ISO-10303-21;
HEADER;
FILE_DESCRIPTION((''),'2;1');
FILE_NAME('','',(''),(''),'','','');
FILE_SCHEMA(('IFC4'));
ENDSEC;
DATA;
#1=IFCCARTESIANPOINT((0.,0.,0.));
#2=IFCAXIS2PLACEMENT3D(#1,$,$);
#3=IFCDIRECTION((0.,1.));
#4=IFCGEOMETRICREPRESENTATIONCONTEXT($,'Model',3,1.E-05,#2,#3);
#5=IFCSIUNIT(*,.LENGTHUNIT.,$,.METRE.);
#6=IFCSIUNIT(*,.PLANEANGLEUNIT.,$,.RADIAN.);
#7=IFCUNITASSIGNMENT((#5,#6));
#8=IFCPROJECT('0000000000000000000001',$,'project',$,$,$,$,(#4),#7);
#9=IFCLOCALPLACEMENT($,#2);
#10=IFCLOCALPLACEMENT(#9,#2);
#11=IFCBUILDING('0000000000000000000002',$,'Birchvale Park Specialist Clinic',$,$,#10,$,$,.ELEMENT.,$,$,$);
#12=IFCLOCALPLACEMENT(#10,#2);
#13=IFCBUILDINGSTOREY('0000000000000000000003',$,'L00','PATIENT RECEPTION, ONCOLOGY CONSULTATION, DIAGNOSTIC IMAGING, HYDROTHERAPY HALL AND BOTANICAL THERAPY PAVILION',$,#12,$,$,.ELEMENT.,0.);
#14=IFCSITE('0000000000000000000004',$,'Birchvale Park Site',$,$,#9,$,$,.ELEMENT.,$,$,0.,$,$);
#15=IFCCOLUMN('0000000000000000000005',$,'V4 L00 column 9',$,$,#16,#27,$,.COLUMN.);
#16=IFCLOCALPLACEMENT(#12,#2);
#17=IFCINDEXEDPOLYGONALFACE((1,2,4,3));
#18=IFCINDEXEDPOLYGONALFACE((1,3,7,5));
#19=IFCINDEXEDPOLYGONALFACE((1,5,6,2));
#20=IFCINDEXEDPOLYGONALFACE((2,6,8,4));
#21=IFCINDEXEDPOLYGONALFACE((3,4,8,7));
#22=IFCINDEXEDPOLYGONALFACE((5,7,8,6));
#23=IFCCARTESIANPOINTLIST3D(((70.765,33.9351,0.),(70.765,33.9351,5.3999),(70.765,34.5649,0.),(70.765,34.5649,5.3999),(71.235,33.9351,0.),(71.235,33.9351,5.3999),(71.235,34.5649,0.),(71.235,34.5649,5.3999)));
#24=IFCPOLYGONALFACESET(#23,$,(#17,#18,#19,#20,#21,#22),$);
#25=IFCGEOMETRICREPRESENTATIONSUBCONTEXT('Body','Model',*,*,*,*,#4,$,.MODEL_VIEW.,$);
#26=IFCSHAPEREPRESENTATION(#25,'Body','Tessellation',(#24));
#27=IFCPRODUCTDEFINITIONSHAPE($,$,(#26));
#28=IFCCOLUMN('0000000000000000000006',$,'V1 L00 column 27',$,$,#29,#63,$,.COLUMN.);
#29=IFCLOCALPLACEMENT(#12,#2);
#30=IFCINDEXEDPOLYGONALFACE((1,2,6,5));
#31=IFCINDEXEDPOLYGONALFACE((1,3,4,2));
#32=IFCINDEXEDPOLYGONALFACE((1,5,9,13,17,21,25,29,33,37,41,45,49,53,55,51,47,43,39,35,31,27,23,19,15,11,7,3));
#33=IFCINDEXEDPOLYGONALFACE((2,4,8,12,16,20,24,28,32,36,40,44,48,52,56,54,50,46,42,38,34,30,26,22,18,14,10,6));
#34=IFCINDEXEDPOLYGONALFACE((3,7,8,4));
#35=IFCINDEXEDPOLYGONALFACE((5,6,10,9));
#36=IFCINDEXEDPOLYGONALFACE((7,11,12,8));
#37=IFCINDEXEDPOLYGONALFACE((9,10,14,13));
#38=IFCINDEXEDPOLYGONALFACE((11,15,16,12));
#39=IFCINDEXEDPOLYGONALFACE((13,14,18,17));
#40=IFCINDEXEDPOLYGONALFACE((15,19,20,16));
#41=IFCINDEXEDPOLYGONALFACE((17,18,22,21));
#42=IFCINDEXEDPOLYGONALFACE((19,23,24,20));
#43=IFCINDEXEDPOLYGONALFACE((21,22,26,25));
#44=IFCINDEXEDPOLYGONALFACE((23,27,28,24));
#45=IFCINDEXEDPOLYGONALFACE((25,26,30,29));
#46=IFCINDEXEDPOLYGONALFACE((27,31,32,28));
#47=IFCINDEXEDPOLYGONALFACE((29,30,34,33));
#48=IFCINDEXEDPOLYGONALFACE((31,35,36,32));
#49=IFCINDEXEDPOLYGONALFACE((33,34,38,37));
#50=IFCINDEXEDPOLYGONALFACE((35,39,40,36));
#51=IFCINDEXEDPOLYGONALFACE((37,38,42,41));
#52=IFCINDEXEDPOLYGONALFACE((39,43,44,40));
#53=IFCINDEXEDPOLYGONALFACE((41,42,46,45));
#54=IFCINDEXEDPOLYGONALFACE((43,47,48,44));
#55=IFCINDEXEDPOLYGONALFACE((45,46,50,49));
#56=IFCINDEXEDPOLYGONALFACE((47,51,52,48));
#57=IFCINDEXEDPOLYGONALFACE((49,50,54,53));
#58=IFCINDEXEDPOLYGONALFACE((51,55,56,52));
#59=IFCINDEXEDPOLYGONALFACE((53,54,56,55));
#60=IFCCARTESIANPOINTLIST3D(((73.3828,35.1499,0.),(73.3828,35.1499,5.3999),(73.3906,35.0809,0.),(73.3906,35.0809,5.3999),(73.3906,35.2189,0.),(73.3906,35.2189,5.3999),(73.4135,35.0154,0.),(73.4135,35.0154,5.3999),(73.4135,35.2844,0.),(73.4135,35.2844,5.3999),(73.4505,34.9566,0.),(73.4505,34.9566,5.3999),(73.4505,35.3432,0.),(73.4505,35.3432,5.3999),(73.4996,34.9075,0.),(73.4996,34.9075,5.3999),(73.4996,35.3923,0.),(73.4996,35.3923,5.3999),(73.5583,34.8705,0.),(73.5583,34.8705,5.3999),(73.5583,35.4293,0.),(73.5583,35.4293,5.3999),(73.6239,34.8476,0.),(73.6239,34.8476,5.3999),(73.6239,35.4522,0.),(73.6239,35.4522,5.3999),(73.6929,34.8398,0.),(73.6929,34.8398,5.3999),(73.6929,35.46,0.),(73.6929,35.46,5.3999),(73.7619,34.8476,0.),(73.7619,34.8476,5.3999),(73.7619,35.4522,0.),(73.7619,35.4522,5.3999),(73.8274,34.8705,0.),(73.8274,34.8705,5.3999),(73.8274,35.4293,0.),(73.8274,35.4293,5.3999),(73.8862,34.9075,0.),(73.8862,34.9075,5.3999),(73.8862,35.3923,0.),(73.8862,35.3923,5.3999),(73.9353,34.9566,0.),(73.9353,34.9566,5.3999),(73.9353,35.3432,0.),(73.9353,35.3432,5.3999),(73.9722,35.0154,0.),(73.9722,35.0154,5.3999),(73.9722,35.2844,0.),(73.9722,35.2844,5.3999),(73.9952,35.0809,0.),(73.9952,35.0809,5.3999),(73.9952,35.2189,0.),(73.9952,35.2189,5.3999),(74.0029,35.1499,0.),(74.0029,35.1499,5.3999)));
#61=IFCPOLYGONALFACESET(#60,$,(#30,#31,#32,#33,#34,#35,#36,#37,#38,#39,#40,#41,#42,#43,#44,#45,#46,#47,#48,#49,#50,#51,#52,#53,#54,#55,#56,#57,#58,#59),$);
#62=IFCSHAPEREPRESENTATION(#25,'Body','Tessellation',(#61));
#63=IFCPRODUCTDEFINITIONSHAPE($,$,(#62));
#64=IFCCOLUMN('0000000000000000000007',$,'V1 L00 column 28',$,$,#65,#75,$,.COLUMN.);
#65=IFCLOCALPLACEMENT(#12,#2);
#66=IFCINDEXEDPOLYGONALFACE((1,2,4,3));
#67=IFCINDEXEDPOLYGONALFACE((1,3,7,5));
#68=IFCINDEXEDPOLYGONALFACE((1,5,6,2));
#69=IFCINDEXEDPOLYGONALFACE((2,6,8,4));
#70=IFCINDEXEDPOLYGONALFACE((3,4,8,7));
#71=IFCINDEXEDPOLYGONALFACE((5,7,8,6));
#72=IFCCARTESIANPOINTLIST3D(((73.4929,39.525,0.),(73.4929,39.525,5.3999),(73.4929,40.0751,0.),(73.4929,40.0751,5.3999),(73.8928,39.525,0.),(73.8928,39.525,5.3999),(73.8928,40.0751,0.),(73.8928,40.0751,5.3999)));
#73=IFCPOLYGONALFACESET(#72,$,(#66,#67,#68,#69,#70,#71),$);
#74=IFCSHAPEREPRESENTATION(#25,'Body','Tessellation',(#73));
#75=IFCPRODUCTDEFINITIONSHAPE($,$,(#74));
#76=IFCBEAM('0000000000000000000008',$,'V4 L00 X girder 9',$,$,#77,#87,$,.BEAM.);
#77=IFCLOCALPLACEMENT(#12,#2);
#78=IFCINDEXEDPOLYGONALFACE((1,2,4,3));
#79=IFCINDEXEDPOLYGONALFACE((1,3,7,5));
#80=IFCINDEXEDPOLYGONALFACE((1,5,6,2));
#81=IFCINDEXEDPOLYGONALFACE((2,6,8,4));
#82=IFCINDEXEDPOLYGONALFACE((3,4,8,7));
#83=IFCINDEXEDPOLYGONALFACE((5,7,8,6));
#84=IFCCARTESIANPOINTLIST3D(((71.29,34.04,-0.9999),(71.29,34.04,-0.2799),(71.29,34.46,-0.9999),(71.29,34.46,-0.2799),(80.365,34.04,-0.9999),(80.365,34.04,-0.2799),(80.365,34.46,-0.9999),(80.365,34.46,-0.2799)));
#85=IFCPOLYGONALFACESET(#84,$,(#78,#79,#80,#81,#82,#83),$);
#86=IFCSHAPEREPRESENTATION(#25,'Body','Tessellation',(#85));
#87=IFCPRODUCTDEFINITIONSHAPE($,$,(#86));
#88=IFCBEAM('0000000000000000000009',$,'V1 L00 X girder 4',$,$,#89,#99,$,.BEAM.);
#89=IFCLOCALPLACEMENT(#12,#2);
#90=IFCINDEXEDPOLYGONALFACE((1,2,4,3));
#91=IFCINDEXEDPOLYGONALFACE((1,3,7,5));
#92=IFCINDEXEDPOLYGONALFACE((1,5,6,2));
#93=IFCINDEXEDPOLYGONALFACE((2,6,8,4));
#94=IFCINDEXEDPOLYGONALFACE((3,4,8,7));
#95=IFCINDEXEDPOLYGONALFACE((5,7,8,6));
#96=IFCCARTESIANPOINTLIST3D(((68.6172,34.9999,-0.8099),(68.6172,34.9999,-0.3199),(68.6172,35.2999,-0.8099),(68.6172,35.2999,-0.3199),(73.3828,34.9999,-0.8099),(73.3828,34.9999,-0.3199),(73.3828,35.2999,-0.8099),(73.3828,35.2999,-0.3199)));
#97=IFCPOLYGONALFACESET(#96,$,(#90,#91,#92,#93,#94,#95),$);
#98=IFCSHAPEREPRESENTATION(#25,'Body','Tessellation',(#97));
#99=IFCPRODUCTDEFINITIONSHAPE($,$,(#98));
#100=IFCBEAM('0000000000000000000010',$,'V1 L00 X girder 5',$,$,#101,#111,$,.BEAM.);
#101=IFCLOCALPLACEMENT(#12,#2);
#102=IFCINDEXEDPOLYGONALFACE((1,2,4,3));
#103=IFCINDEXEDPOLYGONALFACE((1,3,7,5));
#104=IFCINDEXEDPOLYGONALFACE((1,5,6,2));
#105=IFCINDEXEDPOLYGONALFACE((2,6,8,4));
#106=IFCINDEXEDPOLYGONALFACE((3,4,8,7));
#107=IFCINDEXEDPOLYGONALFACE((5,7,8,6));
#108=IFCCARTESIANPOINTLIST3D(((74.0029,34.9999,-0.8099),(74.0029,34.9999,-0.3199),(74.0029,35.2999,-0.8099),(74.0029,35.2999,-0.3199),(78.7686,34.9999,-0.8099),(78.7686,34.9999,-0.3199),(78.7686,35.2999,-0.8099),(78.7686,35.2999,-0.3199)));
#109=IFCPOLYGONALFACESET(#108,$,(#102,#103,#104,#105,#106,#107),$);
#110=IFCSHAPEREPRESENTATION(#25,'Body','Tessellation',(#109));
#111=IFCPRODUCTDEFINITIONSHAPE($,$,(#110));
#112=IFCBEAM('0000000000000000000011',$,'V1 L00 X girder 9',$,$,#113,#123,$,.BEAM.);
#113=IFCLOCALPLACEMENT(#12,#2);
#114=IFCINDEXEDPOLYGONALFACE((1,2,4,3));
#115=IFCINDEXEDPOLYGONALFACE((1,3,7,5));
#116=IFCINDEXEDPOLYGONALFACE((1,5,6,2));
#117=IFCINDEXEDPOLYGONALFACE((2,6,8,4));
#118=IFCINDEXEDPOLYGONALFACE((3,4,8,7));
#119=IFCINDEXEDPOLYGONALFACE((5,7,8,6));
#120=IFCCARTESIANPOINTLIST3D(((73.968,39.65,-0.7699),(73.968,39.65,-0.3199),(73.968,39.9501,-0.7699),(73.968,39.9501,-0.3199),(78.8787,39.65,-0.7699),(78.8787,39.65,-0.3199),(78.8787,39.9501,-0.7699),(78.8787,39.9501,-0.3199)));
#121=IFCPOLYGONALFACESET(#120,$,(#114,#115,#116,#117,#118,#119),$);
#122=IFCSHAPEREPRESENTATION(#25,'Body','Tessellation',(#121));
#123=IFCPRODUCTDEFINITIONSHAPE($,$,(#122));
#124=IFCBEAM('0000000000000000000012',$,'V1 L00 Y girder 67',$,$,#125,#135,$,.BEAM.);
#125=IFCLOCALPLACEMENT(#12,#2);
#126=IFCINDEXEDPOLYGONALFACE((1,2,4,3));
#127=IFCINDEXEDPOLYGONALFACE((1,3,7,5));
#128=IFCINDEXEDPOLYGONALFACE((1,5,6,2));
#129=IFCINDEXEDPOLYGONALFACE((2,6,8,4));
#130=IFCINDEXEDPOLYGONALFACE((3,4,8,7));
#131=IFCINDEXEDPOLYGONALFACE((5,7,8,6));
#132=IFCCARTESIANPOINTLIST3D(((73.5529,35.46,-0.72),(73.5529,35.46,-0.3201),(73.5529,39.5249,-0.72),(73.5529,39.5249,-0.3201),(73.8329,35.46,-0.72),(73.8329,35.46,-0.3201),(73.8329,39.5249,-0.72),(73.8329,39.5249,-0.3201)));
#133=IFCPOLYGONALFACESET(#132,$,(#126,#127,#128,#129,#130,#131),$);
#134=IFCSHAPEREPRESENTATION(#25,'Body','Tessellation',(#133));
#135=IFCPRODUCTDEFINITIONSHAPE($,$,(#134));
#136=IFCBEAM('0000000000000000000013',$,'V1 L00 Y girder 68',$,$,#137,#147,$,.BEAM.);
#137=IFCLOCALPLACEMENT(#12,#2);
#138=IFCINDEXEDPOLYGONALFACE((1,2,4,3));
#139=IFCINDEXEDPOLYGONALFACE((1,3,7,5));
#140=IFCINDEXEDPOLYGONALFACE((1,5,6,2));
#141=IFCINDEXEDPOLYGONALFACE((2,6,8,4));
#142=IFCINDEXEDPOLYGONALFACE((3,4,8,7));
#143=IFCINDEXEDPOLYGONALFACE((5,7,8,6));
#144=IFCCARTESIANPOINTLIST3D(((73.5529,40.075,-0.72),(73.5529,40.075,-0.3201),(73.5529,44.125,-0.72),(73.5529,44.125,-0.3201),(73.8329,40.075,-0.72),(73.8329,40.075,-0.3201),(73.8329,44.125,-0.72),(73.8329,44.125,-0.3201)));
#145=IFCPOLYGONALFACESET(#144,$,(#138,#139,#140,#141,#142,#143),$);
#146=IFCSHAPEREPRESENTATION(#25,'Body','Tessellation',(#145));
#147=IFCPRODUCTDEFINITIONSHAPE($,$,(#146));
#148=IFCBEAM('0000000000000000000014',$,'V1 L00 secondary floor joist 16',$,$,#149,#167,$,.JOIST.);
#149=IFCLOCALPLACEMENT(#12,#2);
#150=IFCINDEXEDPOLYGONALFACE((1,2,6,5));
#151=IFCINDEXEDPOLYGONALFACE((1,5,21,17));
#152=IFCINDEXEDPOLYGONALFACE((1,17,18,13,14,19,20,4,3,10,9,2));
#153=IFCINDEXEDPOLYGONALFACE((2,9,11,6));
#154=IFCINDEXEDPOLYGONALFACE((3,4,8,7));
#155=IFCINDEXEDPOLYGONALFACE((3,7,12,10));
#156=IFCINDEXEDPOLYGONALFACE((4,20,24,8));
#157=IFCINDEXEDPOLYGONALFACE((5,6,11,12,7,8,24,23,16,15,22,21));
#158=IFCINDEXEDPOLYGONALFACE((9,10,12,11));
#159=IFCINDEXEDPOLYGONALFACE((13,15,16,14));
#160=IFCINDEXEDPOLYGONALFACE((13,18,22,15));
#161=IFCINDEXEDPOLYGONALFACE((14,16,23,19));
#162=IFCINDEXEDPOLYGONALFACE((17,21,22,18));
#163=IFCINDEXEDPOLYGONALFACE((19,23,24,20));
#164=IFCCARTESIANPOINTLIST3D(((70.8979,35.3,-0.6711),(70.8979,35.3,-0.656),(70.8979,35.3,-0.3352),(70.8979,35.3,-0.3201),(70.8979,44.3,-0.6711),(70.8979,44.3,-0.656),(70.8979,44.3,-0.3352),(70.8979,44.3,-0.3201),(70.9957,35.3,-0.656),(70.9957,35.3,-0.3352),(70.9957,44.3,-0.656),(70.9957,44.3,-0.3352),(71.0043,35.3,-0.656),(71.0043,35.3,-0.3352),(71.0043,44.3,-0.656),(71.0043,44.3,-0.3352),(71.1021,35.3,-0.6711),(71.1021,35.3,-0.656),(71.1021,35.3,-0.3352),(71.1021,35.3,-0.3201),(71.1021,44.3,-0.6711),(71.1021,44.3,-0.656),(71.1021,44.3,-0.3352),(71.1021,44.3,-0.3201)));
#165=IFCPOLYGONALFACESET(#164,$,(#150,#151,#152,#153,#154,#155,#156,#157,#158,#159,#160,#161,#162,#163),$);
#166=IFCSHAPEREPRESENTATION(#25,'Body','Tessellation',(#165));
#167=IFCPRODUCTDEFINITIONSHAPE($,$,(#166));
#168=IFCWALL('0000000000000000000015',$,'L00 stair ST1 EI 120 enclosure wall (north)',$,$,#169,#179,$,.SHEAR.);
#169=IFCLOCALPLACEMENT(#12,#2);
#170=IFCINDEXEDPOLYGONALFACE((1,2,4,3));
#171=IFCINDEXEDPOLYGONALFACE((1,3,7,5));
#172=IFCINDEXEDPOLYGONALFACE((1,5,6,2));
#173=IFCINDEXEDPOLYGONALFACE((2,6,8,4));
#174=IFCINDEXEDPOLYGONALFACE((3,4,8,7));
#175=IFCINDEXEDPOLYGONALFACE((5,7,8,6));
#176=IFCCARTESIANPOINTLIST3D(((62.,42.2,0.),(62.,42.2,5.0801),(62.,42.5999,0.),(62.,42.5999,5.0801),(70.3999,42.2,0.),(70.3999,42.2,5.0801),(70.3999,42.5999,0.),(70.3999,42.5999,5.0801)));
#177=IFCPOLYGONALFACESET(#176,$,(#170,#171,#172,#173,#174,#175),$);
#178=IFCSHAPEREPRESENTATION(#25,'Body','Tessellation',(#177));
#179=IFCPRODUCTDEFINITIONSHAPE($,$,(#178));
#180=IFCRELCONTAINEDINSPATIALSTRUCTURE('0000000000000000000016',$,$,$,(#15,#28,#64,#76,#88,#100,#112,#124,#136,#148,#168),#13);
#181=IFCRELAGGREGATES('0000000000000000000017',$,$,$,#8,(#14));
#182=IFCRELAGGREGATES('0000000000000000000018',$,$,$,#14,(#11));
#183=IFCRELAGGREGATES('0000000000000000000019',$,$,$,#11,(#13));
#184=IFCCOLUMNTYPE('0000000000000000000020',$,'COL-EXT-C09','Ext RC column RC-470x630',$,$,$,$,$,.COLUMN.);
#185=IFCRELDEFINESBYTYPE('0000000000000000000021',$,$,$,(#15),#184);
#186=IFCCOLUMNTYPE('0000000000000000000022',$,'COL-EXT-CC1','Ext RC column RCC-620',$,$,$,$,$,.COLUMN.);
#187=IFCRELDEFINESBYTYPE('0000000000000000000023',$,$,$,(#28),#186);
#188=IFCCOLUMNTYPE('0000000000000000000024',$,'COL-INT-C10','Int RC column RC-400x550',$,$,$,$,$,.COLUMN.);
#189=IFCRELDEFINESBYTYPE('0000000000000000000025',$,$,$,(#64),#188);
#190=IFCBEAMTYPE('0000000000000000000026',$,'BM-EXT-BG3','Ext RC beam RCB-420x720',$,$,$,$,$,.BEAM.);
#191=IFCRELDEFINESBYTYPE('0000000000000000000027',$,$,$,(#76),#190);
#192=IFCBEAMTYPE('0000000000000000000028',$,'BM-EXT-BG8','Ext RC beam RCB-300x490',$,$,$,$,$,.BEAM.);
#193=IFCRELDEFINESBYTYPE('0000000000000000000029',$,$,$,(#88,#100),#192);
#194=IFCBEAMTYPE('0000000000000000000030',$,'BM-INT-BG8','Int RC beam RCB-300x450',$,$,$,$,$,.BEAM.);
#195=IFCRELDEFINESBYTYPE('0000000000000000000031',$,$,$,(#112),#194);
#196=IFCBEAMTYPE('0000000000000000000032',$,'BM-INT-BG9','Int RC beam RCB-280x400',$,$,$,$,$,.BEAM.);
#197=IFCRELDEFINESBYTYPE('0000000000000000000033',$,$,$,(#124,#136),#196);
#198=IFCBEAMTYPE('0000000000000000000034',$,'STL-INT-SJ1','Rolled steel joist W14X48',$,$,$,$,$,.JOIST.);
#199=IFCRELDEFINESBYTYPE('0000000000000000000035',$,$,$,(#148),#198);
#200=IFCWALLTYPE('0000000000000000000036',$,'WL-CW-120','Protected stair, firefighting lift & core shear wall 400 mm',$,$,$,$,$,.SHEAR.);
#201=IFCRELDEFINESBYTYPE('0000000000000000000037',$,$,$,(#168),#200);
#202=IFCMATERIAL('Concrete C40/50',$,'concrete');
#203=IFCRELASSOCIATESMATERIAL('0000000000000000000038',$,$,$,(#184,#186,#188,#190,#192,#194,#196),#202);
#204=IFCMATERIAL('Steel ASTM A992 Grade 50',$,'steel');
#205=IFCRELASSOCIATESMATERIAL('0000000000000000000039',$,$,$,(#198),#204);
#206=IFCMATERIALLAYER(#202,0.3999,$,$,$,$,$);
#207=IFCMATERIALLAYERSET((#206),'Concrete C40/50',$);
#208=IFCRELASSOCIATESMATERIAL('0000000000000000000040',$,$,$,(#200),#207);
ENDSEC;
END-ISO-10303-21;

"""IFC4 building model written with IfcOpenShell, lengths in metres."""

from ifc_helpers import new_model, si_unit, direction, frame, frame_2d, origin, origin_2d, place, context, subcontext, project, spatial, rectangle, circle, i_section, extrude, material, layer, layer_set, material_profile, profile_set, type_object, element, save


model = new_model("IFC4")

# Units and contexts
model_context = context("Model", 3, precision=1e-05, world=origin(), true_north=direction((0.0, 1.0)))
body_context = subcontext(model_context, "Body", "Model", "MODEL_VIEW")
ifc_project = project(units=[si_unit("LENGTHUNIT", "METRE"), si_unit("PLANEANGLEUNIT", "RADIAN")], contexts=[model_context])

# Site, building, storey
site_placement = place(None, origin())
site = spatial("IfcSite", under=ifc_project, at=site_placement, Name="Birchvale Park Site", CompositionType="ELEMENT", RefElevation=0.0)
building_placement = place(site_placement, origin())
building = spatial("IfcBuilding", under=site, at=building_placement, Name="Birchvale Park Specialist Clinic", CompositionType="ELEMENT")
storey_placement = place(building_placement, origin())
storey = spatial("IfcBuildingStorey", under=building, at=storey_placement, Name="L00", Description="PATIENT RECEPTION, ONCOLOGY CONSULTATION, DIAGNOSTIC IMAGING, HYDROTHERAPY HALL AND BOTANICAL THERAPY PAVILION", CompositionType="ELEMENT", Elevation=0.0)

# Columns
ifc_material_1 = material(Name="Concrete C40/50", Category="concrete")
ifc_material_profile_1 = material_profile(ifc_material_1, rectangle(XDim=0.47, YDim=0.6299, at=origin_2d()), Name="RC-470x630")
ifc_profile_set_1 = profile_set([ifc_material_profile_1], Name="Concrete C40/50")
column_type_1 = type_object("IfcColumnType", Name="COL-EXT-C09", Description="Ext RC column RC-470x630", PredefinedType="COLUMN", material=ifc_profile_set_1)
column_1_placement = place(storey_placement, frame((71.0, 34.25, 0.0), z_axis=(0.0, 0.0, 1.0), x_axis=(1.0, 0.0, 0.0)))
element("IfcColumn", 1, at=column_1_placement, inside=storey, type_object=column_type_1, Name="V4 L00 column 9", PredefinedType="COLUMN", context=body_context, shape_type="SweptSolid", body=[
    extrude(rectangle(XDim=0.47, YDim=0.6299, at=origin_2d()), origin(), (0.0, 0.0, 1.0), 5.3999),
])
ifc_material_profile_2 = material_profile(ifc_material_1, circle(Radius=0.3101, at=origin_2d()), Name="RCC-620")
ifc_profile_set_2 = profile_set([ifc_material_profile_2], Name="Concrete C40/50")
column_type_2 = type_object("IfcColumnType", Name="COL-EXT-CC1", Description="Ext RC column RCC-620", PredefinedType="COLUMN", material=ifc_profile_set_2)
column_2_placement = place(storey_placement, frame((73.6929, 35.1499, 0.0), z_axis=(0.0, 0.0, 1.0), x_axis=(1.0, 0.0, 0.0)))
element("IfcColumn", 2, at=column_2_placement, inside=storey, type_object=column_type_2, Name="V1 L00 column 27", PredefinedType="COLUMN", context=body_context, shape_type="SweptSolid", body=[
    extrude(circle(Radius=0.3101, at=origin_2d()), origin(), (0.0, 0.0, 1.0), 5.3999),
])
ifc_material_profile_3 = material_profile(ifc_material_1, rectangle(XDim=0.3999, YDim=0.55, at=origin_2d()), Name="RC-400x550")
ifc_profile_set_3 = profile_set([ifc_material_profile_3], Name="Concrete C40/50")
column_type_3 = type_object("IfcColumnType", Name="COL-INT-C10", Description="Int RC column RC-400x550", PredefinedType="COLUMN", material=ifc_profile_set_3)
column_3_placement = place(storey_placement, frame((73.6929, 39.8, 0.0), z_axis=(0.0, 0.0, 1.0), x_axis=(1.0, 0.0, 0.0)))
element("IfcColumn", 3, at=column_3_placement, inside=storey, type_object=column_type_3, Name="V1 L00 column 28", PredefinedType="COLUMN", context=body_context, shape_type="SweptSolid", body=[
    extrude(rectangle(XDim=0.3999, YDim=0.55, at=origin_2d()), origin(), (0.0, 0.0, 1.0), 5.3999),
])

# Beams
ifc_material_profile_4 = material_profile(ifc_material_1, rectangle(XDim=0.4199, YDim=0.72, at=origin_2d()), Name="RCB-420x720")
ifc_profile_set_4 = profile_set([ifc_material_profile_4], Name="Concrete C40/50")
beam_type_1 = type_object("IfcBeamType", Name="BM-EXT-BG3", Description="Ext RC beam RCB-420x720", PredefinedType="BEAM", material=ifc_profile_set_4)
beam_1_placement = place(storey_placement, frame((71.29, 34.25, -0.6399), z_axis=(1.0, 0.0, 0.0), x_axis=(0.0, 1.0, 0.0)))
element("IfcBeam", 4, at=beam_1_placement, inside=storey, type_object=beam_type_1, Name="V4 L00 X girder 9", PredefinedType="BEAM", context=body_context, shape_type="SweptSolid", body=[
    extrude(rectangle(XDim=0.4199, YDim=0.72, at=origin_2d()), origin(), (0.0, 0.0, 1.0), 9.075),
])
ifc_material_profile_5 = material_profile(ifc_material_1, rectangle(XDim=0.3, YDim=0.49, at=origin_2d()), Name="RCB-300x490")
ifc_profile_set_5 = profile_set([ifc_material_profile_5], Name="Concrete C40/50")
beam_type_2 = type_object("IfcBeamType", Name="BM-EXT-BG8", Description="Ext RC beam RCB-300x490", PredefinedType="BEAM", material=ifc_profile_set_5)
for number, where, z_axis, x_axis, name in (
    (5, (68.6172, 35.1499, -0.5649), (1.0, 0.0, 0.0), (0.0, 1.0, 0.0), "V1 L00 X girder 4"),
    (6, (74.0029, 35.1499, -0.5649), (1.0, 0.0, 0.0), (0.0, 1.0, 0.0), "V1 L00 X girder 5"),
):
    element("IfcBeam", number, at=place(storey_placement, frame(where, z_axis=z_axis, x_axis=x_axis)), inside=storey, type_object=beam_type_2, Name=name, PredefinedType="BEAM", context=body_context, shape_type="SweptSolid", body=[
        extrude(rectangle(XDim=0.3, YDim=0.49, at=origin_2d()), origin(), (0.0, 0.0, 1.0), 4.7656),
    ])
ifc_material_profile_6 = material_profile(ifc_material_1, rectangle(XDim=0.3, YDim=0.45, at=origin_2d()), Name="RCB-300x450")
ifc_profile_set_6 = profile_set([ifc_material_profile_6], Name="Concrete C40/50")
beam_type_3 = type_object("IfcBeamType", Name="BM-INT-BG8", Description="Int RC beam RCB-300x450", PredefinedType="BEAM", material=ifc_profile_set_6)
beam_2_placement = place(storey_placement, frame((73.968, 39.8, -0.5449), z_axis=(1.0, 0.0, 0.0), x_axis=(0.0, 1.0, 0.0)))
element("IfcBeam", 7, at=beam_2_placement, inside=storey, type_object=beam_type_3, Name="V1 L00 X girder 9", PredefinedType="BEAM", context=body_context, shape_type="SweptSolid", body=[
    extrude(rectangle(XDim=0.3, YDim=0.45, at=origin_2d()), origin(), (0.0, 0.0, 1.0), 4.9106),
])
ifc_material_profile_7 = material_profile(ifc_material_1, rectangle(XDim=0.28, YDim=0.3999, at=origin_2d()), Name="RCB-280x400")
ifc_profile_set_7 = profile_set([ifc_material_profile_7], Name="Concrete C40/50")
beam_type_4 = type_object("IfcBeamType", Name="BM-INT-BG9", Description="Int RC beam RCB-280x400", PredefinedType="BEAM", material=ifc_profile_set_7)
beam_3_placement = place(storey_placement, frame((73.6929, 35.46, -0.52), z_axis=(0.0, 1.0, 0.0), x_axis=(-1.0, 0.0, 0.0)))
element("IfcBeam", 8, at=beam_3_placement, inside=storey, type_object=beam_type_4, Name="V1 L00 Y girder 67", PredefinedType="BEAM", context=body_context, shape_type="SweptSolid", body=[
    extrude(rectangle(XDim=0.28, YDim=0.3999, at=origin_2d()), origin(), (0.0, 0.0, 1.0), 4.0649),
])
beam_4_placement = place(storey_placement, frame((73.6929, 40.075, -0.52), z_axis=(0.0, 1.0, 0.0), x_axis=(-1.0, 0.0, 0.0)))
element("IfcBeam", 9, at=beam_4_placement, inside=storey, type_object=beam_type_4, Name="V1 L00 Y girder 68", PredefinedType="BEAM", context=body_context, shape_type="SweptSolid", body=[
    extrude(rectangle(XDim=0.28, YDim=0.3999, at=origin_2d()), origin(), (0.0, 0.0, 1.0), 4.05),
])
ifc_material_2 = material(Name="Steel ASTM A992 Grade 50", Category="steel")
ifc_material_profile_8 = material_profile(ifc_material_2, i_section(OverallWidth=0.2041, OverallDepth=0.3511, WebThickness=0.0085, FlangeThickness=0.0151, at=origin_2d()), Name="W14X48")
ifc_profile_set_8 = profile_set([ifc_material_profile_8], Name="Steel ASTM A992 Grade 50")
beam_type_5 = type_object("IfcBeamType", Name="STL-INT-SJ1", Description="Rolled steel joist W14X48", PredefinedType="JOIST", material=ifc_profile_set_8)
beam_5_placement = place(storey_placement, frame((71.0, 35.3, -0.4956), z_axis=(0.0, 1.0, 0.0), x_axis=(-1.0, 0.0, 0.0)))
element("IfcBeam", 10, at=beam_5_placement, inside=storey, type_object=beam_type_5, Name="V1 L00 secondary floor joist 16", PredefinedType="JOIST", context=body_context, shape_type="SweptSolid", body=[
    extrude(i_section(OverallWidth=0.2041, OverallDepth=0.3511, WebThickness=0.0085, FlangeThickness=0.0151, at=origin_2d()), origin(), (0.0, 0.0, 1.0), 9.0),
])

# Wall
ifc_layer_1 = layer(ifc_material_1, 0.3999)
ifc_layer_set_1 = layer_set([ifc_layer_1], Name="Concrete C40/50")
wall_type_1 = type_object("IfcWallType", Name="WL-CW-120", Description="Protected stair, firefighting lift & core shear wall 400 mm", PredefinedType="SHEAR", material=ifc_layer_set_1)
wall_1_placement = place(storey_placement, frame((70.3999, 42.3999, 0.0), z_axis=(0.0, 0.0, 1.0), x_axis=(-1.0, 0.0, 0.0)))
element("IfcWall", 11, at=wall_1_placement, inside=storey, type_object=wall_type_1, Name="L00 stair ST1 EI 120 enclosure wall (north)", PredefinedType="SHEAR", context=body_context, shape_type="SweptSolid", body=[
    extrude(rectangle(XDim=8.3999, YDim=0.3999, at=frame_2d((4.2, 0.0))), origin(), (0.0, 0.0, 1.0), 5.0801),
])

save(model, "model.ifc")
